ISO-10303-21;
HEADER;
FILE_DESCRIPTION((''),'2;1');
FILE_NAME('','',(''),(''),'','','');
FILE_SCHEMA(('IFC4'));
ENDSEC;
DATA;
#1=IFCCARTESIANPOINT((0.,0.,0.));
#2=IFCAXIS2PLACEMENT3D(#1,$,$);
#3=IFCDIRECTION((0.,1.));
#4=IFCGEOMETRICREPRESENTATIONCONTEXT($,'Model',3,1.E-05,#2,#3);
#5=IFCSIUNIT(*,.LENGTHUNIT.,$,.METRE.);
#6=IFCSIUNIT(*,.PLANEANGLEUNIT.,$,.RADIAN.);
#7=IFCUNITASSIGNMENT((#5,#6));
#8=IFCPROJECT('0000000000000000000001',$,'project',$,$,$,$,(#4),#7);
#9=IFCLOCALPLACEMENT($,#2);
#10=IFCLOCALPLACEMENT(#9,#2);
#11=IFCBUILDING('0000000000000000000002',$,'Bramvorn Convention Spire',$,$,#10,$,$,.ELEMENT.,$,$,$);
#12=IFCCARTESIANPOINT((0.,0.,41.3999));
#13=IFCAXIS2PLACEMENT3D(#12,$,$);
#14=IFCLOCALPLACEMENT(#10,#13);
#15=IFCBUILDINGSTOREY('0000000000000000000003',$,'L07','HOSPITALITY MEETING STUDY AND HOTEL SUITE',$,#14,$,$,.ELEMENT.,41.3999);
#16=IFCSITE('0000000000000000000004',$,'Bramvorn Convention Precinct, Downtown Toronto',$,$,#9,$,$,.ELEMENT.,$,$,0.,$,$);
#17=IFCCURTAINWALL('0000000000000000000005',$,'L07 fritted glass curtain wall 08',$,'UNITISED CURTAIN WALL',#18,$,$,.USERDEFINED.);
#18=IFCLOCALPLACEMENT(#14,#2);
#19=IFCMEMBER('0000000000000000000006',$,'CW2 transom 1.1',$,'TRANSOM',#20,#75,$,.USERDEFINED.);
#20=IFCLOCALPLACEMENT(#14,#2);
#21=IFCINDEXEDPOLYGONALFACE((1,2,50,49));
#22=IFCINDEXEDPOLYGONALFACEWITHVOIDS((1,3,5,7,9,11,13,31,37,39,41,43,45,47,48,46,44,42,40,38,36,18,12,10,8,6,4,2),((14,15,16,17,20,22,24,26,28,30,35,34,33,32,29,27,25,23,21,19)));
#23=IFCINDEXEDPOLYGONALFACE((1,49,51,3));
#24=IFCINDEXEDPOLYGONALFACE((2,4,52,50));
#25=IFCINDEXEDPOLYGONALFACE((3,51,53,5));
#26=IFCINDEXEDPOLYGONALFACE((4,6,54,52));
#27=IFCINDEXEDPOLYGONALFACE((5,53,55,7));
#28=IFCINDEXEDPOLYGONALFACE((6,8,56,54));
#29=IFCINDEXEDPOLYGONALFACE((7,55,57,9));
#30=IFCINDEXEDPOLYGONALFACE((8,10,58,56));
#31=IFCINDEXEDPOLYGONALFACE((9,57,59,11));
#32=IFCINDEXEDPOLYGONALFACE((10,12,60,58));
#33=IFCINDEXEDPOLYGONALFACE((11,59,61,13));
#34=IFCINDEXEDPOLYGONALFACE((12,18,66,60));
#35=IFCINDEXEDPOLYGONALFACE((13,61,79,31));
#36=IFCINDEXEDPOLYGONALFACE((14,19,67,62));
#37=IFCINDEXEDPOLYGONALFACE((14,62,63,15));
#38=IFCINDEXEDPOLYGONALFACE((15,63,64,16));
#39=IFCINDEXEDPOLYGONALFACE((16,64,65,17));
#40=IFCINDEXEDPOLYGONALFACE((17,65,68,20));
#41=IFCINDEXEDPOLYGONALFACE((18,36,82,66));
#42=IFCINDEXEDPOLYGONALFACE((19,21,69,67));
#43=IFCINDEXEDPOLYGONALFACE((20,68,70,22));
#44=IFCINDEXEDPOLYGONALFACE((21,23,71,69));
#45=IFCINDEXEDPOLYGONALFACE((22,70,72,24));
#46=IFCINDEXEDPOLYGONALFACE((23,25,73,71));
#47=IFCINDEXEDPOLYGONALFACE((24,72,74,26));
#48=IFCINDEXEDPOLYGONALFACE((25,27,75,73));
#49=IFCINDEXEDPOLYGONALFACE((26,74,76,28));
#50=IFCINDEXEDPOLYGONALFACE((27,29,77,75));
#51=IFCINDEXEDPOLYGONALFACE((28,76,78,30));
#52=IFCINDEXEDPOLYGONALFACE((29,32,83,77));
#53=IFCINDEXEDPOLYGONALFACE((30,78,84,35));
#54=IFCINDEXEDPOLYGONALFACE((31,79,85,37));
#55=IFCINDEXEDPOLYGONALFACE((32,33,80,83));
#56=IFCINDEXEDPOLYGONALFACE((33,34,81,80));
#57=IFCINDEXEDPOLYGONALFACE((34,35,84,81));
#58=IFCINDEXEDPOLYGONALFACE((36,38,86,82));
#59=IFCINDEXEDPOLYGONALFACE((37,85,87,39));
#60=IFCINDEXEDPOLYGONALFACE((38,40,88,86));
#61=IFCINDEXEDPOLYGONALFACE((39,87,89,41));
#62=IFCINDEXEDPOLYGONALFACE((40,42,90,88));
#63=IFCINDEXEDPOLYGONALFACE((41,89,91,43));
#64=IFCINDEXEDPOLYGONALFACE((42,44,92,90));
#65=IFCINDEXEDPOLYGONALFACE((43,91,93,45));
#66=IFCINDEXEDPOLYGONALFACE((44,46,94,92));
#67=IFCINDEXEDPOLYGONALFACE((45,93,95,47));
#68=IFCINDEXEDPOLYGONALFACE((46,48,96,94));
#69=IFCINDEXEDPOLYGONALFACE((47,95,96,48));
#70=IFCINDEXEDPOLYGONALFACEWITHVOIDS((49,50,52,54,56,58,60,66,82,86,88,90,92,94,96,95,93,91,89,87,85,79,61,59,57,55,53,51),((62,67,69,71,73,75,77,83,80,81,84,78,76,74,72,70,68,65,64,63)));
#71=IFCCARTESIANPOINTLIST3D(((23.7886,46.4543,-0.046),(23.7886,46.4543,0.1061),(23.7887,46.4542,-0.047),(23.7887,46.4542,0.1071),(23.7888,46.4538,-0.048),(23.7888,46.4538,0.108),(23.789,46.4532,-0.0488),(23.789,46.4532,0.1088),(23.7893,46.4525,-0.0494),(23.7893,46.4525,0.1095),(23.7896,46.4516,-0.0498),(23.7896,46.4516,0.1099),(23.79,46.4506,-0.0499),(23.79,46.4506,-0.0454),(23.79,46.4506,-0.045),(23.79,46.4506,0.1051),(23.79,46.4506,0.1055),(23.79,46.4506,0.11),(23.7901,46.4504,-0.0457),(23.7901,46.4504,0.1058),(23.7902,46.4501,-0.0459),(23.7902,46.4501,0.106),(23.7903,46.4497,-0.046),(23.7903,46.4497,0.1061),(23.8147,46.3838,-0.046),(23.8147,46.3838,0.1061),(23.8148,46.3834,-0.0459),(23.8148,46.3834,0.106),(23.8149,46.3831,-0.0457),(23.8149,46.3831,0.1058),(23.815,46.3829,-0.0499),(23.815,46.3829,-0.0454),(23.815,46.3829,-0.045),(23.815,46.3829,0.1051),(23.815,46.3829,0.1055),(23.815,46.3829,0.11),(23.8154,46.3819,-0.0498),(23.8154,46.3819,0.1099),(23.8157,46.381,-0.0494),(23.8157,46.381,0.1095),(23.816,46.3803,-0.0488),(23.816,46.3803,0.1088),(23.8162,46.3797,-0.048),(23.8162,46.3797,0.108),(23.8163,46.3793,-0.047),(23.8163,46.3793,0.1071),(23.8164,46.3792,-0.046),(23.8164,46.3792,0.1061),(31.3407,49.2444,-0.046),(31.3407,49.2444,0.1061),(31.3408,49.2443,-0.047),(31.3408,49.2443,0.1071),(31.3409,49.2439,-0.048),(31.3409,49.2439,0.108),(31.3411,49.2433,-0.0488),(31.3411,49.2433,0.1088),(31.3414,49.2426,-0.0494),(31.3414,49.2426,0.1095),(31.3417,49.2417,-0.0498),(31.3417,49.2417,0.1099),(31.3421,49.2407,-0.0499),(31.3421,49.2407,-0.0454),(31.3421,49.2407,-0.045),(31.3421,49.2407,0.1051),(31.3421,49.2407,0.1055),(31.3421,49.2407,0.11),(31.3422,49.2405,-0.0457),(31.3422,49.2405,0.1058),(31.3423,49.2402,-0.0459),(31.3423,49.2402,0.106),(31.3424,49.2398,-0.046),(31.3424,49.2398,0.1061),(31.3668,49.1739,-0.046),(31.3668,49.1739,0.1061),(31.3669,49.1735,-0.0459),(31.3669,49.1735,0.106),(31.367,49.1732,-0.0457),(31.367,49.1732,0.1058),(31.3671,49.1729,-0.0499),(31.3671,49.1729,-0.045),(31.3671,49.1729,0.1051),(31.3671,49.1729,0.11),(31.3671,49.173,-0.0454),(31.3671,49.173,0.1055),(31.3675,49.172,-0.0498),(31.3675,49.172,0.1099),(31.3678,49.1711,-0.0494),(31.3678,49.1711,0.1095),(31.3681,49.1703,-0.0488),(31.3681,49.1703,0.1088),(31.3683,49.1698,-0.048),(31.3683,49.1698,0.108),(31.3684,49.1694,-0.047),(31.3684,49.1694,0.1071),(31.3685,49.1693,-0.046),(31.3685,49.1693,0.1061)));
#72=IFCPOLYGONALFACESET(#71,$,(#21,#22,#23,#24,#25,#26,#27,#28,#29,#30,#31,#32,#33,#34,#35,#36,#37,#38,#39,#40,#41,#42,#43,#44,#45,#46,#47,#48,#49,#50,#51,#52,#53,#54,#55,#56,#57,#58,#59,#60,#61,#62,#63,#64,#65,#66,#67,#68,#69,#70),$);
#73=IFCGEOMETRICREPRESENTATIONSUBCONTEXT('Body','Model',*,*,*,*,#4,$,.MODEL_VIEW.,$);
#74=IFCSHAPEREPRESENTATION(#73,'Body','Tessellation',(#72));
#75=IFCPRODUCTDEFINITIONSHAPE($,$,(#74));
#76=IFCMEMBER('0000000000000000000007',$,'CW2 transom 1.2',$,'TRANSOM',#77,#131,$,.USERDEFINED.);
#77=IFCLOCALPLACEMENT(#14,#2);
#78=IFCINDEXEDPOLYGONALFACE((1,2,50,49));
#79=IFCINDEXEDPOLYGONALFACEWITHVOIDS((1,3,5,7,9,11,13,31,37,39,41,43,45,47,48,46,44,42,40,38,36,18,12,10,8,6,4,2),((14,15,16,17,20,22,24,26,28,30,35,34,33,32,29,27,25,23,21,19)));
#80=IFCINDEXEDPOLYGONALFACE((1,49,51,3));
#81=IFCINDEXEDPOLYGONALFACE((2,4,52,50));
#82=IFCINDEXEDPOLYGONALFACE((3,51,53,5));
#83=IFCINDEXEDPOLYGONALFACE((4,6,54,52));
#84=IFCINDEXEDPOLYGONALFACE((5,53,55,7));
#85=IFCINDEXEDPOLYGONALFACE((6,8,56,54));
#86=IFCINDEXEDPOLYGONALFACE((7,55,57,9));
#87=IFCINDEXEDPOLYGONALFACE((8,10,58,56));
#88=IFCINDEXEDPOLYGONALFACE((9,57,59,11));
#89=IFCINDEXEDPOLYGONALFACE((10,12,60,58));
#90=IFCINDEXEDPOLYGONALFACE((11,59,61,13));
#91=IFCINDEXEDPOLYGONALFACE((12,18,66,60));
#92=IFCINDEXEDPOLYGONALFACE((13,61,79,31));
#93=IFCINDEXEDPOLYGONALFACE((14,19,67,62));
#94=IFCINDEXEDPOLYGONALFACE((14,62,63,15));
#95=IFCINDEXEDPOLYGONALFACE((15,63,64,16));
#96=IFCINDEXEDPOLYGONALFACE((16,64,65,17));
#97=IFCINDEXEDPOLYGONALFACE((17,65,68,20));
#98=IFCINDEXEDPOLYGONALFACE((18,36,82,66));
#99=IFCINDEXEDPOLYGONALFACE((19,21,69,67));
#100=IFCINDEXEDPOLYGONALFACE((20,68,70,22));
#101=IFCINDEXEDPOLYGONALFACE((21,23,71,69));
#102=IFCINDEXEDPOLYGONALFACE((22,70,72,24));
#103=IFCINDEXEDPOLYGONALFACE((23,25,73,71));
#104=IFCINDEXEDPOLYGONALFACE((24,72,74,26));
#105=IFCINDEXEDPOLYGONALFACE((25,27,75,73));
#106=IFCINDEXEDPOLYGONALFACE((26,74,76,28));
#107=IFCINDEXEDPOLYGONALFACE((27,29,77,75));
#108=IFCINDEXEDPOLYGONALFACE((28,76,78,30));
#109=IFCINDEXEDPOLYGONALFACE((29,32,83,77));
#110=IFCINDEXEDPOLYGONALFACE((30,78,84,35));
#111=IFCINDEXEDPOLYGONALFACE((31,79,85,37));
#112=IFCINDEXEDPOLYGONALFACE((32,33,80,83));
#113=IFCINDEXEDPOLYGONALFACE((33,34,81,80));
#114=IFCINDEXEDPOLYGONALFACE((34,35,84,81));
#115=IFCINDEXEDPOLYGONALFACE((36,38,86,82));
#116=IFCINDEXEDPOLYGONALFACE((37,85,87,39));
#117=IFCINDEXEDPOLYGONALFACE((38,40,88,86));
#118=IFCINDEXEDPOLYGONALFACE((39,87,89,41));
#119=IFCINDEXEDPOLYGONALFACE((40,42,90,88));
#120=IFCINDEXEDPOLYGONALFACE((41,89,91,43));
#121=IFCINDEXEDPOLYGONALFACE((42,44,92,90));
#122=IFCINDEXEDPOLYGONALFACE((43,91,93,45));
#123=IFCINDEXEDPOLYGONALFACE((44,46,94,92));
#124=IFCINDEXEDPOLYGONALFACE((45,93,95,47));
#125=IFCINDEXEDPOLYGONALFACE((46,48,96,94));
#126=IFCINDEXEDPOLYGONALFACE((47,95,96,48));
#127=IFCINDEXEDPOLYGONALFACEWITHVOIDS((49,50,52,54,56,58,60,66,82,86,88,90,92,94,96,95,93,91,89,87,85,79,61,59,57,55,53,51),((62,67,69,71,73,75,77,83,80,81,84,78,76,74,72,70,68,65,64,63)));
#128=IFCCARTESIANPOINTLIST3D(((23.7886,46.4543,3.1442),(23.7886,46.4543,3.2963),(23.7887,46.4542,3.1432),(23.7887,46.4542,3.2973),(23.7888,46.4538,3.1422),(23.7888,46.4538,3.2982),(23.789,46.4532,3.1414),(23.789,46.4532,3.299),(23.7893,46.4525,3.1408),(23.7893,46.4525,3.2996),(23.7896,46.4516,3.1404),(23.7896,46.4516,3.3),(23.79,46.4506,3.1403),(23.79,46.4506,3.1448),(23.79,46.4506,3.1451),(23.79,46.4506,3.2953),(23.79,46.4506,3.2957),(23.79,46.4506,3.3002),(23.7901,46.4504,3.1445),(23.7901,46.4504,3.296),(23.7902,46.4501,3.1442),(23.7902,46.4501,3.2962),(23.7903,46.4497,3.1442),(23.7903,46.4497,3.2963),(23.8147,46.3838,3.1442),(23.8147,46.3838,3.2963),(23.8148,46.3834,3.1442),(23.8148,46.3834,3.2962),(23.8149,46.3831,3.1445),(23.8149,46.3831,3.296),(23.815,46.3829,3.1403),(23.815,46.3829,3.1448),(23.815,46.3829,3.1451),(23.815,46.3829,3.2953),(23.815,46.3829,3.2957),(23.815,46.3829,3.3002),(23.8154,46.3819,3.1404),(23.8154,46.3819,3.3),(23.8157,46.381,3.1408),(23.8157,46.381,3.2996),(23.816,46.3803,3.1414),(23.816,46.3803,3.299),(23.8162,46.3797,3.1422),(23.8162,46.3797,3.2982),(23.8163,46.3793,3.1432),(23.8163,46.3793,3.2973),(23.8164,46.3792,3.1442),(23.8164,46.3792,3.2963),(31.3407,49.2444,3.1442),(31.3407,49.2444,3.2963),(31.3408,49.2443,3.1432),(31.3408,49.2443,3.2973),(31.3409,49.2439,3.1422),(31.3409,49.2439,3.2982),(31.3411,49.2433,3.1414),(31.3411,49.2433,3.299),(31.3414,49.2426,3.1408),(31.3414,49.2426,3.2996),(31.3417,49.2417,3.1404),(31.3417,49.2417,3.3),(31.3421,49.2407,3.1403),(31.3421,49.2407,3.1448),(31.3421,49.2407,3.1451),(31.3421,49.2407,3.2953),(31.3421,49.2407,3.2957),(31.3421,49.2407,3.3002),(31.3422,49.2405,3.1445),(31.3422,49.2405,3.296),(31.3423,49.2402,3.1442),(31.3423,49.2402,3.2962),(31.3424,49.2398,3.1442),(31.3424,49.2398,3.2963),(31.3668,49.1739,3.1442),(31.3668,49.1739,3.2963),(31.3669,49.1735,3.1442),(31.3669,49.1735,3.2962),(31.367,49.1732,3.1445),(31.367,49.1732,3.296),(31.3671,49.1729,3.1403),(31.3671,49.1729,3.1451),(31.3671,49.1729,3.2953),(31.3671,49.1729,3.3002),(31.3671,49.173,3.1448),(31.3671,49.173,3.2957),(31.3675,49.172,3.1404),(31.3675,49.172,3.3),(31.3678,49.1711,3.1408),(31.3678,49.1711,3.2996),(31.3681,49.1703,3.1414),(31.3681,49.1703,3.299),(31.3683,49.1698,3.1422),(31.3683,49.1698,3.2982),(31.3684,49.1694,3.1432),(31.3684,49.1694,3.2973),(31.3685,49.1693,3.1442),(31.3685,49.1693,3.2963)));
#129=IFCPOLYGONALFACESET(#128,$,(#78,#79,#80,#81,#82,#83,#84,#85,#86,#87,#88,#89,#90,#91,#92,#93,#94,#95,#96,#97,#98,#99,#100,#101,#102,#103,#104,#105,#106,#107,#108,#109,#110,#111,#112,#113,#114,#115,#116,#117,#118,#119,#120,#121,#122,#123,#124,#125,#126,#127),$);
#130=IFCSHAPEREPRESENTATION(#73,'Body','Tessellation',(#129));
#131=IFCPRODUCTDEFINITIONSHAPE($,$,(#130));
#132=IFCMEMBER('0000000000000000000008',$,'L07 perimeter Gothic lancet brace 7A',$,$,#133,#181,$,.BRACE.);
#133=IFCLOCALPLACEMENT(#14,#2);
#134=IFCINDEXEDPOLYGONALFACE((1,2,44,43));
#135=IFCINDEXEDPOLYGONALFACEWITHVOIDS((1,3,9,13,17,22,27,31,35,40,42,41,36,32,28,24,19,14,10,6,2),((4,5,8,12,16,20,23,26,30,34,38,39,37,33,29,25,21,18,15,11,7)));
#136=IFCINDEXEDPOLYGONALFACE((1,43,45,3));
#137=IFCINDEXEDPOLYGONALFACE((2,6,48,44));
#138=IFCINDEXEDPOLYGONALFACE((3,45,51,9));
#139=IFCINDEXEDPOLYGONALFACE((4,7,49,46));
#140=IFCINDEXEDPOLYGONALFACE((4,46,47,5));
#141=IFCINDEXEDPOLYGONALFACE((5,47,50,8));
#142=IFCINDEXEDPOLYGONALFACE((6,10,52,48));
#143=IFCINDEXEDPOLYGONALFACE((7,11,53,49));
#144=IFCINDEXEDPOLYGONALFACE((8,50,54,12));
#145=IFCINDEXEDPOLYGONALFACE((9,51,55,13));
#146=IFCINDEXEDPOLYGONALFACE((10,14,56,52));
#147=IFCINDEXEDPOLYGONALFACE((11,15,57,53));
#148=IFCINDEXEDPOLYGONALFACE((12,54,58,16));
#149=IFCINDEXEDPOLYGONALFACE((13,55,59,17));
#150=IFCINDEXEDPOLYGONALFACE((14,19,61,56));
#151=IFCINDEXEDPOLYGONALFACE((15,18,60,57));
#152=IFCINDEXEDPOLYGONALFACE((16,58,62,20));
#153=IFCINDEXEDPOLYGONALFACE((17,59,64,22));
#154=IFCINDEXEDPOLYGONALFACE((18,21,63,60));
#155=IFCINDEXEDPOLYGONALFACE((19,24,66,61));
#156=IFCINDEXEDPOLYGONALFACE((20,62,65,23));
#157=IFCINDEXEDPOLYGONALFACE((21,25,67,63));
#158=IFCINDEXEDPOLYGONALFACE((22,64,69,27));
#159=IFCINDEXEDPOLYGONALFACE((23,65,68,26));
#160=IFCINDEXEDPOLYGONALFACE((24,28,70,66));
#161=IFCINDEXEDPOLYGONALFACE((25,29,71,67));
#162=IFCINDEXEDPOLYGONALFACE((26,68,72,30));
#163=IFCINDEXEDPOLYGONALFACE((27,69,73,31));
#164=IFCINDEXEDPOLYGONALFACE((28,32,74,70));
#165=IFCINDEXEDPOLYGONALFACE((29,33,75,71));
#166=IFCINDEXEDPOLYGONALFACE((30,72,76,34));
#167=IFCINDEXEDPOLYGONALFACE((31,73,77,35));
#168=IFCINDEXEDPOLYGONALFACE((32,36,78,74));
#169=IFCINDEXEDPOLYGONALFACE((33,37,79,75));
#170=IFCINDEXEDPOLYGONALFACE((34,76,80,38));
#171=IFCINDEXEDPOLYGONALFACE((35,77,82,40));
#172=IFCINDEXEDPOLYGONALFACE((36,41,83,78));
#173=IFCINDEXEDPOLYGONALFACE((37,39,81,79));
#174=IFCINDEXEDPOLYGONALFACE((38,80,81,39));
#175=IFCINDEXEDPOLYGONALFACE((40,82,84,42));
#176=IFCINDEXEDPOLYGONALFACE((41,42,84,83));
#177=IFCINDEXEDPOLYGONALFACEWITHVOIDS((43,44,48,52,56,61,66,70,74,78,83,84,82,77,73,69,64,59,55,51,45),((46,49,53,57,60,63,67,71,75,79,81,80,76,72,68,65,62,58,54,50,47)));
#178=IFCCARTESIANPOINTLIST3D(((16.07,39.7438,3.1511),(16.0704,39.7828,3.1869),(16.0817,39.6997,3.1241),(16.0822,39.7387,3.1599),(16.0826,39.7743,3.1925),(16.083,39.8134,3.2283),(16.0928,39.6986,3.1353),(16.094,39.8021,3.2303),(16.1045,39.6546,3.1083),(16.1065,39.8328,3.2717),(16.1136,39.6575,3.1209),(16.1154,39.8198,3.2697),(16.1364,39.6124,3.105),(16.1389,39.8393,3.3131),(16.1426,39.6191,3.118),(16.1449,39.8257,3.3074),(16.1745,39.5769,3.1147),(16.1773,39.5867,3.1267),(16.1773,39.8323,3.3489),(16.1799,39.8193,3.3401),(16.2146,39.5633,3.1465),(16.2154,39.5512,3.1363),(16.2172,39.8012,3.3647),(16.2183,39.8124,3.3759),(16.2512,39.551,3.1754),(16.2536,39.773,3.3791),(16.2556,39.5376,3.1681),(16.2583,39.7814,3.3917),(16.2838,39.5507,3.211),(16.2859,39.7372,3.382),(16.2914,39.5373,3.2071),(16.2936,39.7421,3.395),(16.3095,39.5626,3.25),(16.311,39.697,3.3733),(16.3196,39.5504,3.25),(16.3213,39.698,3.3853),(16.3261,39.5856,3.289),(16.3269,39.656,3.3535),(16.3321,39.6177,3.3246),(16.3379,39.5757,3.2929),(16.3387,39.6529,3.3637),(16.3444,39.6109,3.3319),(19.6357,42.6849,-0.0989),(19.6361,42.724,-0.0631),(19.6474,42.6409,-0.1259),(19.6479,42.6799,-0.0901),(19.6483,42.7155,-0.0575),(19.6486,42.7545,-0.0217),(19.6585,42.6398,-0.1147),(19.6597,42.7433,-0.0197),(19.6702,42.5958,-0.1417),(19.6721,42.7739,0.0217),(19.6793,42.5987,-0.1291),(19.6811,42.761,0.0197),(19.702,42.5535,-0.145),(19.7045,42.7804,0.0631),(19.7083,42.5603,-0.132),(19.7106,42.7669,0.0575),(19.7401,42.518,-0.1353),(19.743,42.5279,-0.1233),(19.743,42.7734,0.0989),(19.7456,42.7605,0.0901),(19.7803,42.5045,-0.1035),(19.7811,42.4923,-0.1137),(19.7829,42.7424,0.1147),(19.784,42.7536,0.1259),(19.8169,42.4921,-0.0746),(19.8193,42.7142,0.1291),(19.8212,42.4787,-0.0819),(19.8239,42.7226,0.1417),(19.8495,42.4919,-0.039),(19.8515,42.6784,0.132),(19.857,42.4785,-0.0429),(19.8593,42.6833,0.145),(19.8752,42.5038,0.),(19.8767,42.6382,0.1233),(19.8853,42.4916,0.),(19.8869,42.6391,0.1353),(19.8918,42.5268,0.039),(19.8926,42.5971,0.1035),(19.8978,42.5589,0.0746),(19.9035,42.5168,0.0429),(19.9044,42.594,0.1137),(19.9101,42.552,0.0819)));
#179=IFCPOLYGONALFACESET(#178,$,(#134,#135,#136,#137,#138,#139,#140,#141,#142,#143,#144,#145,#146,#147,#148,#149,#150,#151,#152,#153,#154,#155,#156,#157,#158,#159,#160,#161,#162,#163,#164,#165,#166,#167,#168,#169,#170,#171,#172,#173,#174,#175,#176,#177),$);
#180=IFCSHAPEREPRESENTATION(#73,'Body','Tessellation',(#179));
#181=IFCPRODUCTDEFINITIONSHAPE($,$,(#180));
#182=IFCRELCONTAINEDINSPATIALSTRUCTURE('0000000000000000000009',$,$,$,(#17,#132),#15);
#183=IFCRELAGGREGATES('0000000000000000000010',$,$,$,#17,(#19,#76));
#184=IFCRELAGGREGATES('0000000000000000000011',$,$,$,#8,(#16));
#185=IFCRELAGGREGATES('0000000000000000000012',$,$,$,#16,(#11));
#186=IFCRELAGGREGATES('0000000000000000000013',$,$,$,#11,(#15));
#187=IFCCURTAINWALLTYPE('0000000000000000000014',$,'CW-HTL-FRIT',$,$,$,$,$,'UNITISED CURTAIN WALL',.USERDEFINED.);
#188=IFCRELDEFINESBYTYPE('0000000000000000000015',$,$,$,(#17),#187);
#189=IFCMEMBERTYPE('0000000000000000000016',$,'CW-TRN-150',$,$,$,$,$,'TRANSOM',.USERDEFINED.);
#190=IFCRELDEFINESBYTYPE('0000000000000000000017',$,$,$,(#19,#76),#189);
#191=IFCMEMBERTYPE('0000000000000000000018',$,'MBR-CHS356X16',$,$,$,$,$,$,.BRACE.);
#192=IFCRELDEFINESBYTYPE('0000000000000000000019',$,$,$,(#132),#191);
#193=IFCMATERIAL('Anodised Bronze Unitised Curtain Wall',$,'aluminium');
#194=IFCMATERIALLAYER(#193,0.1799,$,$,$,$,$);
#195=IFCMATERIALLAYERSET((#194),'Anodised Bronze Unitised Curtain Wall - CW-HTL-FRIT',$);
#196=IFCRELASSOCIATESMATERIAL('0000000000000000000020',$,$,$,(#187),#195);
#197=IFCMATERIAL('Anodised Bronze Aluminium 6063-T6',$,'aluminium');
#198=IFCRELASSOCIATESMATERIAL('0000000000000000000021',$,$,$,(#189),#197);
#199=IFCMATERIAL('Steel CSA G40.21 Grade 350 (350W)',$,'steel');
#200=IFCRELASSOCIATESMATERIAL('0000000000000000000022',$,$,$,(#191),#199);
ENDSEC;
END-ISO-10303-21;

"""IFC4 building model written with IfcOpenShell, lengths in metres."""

from ifc_helpers import new_model, si_unit, direction, frame, origin, origin_2d, place, context, subcontext, project, spatial, hollow_rectangle, hollow_circle, extrude, material, layer, layer_set, material_profile, profile_set, type_object, element, aggregate, save


model = new_model("IFC4")

# Units and contexts
model_context = context("Model", 3, precision=1e-05, world=origin(), true_north=direction((0.0, 1.0)))
body_context = subcontext(model_context, "Body", "Model", "MODEL_VIEW")
ifc_project = project(units=[si_unit("LENGTHUNIT", "METRE"), si_unit("PLANEANGLEUNIT", "RADIAN")], contexts=[model_context])

# Site, building, storey
site_placement = place(None, origin())
site = spatial("IfcSite", under=ifc_project, at=site_placement, Name="Bramvorn Convention Precinct, Downtown Toronto", CompositionType="ELEMENT", RefElevation=0.0)
building_placement = place(site_placement, origin())
building = spatial("IfcBuilding", under=site, at=building_placement, Name="Bramvorn Convention Spire", CompositionType="ELEMENT")
storey_placement = place(building_placement, frame((0.0, 0.0, 41.3999)))
storey = spatial("IfcBuildingStorey", under=building, at=storey_placement, Name="L07", Description="HOSPITALITY MEETING STUDY AND HOTEL SUITE", CompositionType="ELEMENT", Elevation=41.3999)

# Shared definitions
ifc_material_1 = material(Name="Steel CSA G40.21 Grade 350 (350W)", Category="steel")

# Curtain wall, members
ifc_material_2 = material(Name="Anodised Bronze Unitised Curtain Wall", Category="aluminium")
ifc_layer_1 = layer(ifc_material_2, 0.1799)
ifc_layer_set_1 = layer_set([ifc_layer_1], Name="Anodised Bronze Unitised Curtain Wall - CW-HTL-FRIT")
curtain_wall_type = type_object("IfcCurtainWallType", Name="CW-HTL-FRIT", ElementType="UNITISED CURTAIN WALL", PredefinedType="USERDEFINED", material=ifc_layer_set_1)
curtain_wall_placement = place(storey_placement, origin())
curtain_wall = element("IfcCurtainWall", 1, at=curtain_wall_placement, inside=storey, type_object=curtain_wall_type, Name="L07 fritted glass curtain wall 08", ObjectType="UNITISED CURTAIN WALL", PredefinedType="USERDEFINED")
ifc_material_3 = material(Name="Anodised Bronze Aluminium 6063-T6", Category="aluminium")
ifc_material_profile_1 = material_profile(ifc_material_3, hollow_rectangle(XDim=0.0801, YDim=0.1599, WallThickness=0.0039, InnerFilletRadius=0.001, OuterFilletRadius=0.0039, at=origin_2d()))
ifc_profile_set_1 = profile_set([ifc_material_profile_1], Name="Anodised Bronze Aluminium 6063-T6 - CWT80X160")
member_type_1 = type_object("IfcMemberType", Name="CW-TRN-150", ElementType="TRANSOM", PredefinedType="USERDEFINED", material=ifc_profile_set_1)
member_1_placement = place(storey_placement, frame((23.8025, 46.4167, 0.03), z_axis=(0.938032, 0.34655, 0.0), x_axis=(-0.34655, 0.938032, 0.0)))
member_1 = element("IfcMember", 2, at=member_1_placement, type_object=member_type_1, Name="CW2 transom 1.1", ObjectType="TRANSOM", PredefinedType="USERDEFINED", context=body_context, shape_type="SweptSolid", body=[
    extrude(hollow_rectangle(XDim=0.0801, YDim=0.1599, WallThickness=0.0039, InnerFilletRadius=0.001, OuterFilletRadius=0.0039, at=origin_2d()), origin(), (0.0, 0.0, 1.0), 8.051),
])
member_2_placement = place(storey_placement, frame((23.8025, 46.4167, 3.2202), z_axis=(0.938032, 0.34655, 0.0), x_axis=(-0.34655, 0.938032, 0.0)))
member_2 = element("IfcMember", 3, at=member_2_placement, type_object=member_type_1, Name="CW2 transom 1.2", ObjectType="TRANSOM", PredefinedType="USERDEFINED", context=body_context, shape_type="SweptSolid", body=[
    extrude(hollow_rectangle(XDim=0.0801, YDim=0.1599, WallThickness=0.0039, InnerFilletRadius=0.001, OuterFilletRadius=0.0039, at=origin_2d()), origin(), (0.0, 0.0, 1.0), 8.051),
])
aggregate(curtain_wall, [member_1, member_2])

# Member
ifc_material_profile_2 = material_profile(ifc_material_1, hollow_circle(Radius=0.1777, WallThickness=0.0159, at=origin_2d()))
ifc_profile_set_2 = profile_set([ifc_material_profile_2], Name="Steel CSA G40.21 Grade 350 (350W) - CHS356X16")
member_type_2 = type_object("IfcMemberType", Name="MBR-CHS356X16", PredefinedType="BRACE", material=ifc_profile_set_2)
member_3_placement = place(storey_placement, frame((19.7722, 42.6287, 0.0), z_axis=(-0.631049, -0.520523, 0.575181), x_axis=(0.636316, -0.771428, 0.0)))
element("IfcMember", 4, at=member_3_placement, inside=storey, type_object=member_type_2, Name="L07 perimeter Gothic lancet brace 7A", PredefinedType="BRACE", context=body_context, shape_type="SweptSolid", body=[
    extrude(hollow_circle(Radius=0.1777, WallThickness=0.0159, at=origin_2d()), origin(), (0.0, 0.0, 1.0), 5.6504),
])

save(model, "model.ifc")
